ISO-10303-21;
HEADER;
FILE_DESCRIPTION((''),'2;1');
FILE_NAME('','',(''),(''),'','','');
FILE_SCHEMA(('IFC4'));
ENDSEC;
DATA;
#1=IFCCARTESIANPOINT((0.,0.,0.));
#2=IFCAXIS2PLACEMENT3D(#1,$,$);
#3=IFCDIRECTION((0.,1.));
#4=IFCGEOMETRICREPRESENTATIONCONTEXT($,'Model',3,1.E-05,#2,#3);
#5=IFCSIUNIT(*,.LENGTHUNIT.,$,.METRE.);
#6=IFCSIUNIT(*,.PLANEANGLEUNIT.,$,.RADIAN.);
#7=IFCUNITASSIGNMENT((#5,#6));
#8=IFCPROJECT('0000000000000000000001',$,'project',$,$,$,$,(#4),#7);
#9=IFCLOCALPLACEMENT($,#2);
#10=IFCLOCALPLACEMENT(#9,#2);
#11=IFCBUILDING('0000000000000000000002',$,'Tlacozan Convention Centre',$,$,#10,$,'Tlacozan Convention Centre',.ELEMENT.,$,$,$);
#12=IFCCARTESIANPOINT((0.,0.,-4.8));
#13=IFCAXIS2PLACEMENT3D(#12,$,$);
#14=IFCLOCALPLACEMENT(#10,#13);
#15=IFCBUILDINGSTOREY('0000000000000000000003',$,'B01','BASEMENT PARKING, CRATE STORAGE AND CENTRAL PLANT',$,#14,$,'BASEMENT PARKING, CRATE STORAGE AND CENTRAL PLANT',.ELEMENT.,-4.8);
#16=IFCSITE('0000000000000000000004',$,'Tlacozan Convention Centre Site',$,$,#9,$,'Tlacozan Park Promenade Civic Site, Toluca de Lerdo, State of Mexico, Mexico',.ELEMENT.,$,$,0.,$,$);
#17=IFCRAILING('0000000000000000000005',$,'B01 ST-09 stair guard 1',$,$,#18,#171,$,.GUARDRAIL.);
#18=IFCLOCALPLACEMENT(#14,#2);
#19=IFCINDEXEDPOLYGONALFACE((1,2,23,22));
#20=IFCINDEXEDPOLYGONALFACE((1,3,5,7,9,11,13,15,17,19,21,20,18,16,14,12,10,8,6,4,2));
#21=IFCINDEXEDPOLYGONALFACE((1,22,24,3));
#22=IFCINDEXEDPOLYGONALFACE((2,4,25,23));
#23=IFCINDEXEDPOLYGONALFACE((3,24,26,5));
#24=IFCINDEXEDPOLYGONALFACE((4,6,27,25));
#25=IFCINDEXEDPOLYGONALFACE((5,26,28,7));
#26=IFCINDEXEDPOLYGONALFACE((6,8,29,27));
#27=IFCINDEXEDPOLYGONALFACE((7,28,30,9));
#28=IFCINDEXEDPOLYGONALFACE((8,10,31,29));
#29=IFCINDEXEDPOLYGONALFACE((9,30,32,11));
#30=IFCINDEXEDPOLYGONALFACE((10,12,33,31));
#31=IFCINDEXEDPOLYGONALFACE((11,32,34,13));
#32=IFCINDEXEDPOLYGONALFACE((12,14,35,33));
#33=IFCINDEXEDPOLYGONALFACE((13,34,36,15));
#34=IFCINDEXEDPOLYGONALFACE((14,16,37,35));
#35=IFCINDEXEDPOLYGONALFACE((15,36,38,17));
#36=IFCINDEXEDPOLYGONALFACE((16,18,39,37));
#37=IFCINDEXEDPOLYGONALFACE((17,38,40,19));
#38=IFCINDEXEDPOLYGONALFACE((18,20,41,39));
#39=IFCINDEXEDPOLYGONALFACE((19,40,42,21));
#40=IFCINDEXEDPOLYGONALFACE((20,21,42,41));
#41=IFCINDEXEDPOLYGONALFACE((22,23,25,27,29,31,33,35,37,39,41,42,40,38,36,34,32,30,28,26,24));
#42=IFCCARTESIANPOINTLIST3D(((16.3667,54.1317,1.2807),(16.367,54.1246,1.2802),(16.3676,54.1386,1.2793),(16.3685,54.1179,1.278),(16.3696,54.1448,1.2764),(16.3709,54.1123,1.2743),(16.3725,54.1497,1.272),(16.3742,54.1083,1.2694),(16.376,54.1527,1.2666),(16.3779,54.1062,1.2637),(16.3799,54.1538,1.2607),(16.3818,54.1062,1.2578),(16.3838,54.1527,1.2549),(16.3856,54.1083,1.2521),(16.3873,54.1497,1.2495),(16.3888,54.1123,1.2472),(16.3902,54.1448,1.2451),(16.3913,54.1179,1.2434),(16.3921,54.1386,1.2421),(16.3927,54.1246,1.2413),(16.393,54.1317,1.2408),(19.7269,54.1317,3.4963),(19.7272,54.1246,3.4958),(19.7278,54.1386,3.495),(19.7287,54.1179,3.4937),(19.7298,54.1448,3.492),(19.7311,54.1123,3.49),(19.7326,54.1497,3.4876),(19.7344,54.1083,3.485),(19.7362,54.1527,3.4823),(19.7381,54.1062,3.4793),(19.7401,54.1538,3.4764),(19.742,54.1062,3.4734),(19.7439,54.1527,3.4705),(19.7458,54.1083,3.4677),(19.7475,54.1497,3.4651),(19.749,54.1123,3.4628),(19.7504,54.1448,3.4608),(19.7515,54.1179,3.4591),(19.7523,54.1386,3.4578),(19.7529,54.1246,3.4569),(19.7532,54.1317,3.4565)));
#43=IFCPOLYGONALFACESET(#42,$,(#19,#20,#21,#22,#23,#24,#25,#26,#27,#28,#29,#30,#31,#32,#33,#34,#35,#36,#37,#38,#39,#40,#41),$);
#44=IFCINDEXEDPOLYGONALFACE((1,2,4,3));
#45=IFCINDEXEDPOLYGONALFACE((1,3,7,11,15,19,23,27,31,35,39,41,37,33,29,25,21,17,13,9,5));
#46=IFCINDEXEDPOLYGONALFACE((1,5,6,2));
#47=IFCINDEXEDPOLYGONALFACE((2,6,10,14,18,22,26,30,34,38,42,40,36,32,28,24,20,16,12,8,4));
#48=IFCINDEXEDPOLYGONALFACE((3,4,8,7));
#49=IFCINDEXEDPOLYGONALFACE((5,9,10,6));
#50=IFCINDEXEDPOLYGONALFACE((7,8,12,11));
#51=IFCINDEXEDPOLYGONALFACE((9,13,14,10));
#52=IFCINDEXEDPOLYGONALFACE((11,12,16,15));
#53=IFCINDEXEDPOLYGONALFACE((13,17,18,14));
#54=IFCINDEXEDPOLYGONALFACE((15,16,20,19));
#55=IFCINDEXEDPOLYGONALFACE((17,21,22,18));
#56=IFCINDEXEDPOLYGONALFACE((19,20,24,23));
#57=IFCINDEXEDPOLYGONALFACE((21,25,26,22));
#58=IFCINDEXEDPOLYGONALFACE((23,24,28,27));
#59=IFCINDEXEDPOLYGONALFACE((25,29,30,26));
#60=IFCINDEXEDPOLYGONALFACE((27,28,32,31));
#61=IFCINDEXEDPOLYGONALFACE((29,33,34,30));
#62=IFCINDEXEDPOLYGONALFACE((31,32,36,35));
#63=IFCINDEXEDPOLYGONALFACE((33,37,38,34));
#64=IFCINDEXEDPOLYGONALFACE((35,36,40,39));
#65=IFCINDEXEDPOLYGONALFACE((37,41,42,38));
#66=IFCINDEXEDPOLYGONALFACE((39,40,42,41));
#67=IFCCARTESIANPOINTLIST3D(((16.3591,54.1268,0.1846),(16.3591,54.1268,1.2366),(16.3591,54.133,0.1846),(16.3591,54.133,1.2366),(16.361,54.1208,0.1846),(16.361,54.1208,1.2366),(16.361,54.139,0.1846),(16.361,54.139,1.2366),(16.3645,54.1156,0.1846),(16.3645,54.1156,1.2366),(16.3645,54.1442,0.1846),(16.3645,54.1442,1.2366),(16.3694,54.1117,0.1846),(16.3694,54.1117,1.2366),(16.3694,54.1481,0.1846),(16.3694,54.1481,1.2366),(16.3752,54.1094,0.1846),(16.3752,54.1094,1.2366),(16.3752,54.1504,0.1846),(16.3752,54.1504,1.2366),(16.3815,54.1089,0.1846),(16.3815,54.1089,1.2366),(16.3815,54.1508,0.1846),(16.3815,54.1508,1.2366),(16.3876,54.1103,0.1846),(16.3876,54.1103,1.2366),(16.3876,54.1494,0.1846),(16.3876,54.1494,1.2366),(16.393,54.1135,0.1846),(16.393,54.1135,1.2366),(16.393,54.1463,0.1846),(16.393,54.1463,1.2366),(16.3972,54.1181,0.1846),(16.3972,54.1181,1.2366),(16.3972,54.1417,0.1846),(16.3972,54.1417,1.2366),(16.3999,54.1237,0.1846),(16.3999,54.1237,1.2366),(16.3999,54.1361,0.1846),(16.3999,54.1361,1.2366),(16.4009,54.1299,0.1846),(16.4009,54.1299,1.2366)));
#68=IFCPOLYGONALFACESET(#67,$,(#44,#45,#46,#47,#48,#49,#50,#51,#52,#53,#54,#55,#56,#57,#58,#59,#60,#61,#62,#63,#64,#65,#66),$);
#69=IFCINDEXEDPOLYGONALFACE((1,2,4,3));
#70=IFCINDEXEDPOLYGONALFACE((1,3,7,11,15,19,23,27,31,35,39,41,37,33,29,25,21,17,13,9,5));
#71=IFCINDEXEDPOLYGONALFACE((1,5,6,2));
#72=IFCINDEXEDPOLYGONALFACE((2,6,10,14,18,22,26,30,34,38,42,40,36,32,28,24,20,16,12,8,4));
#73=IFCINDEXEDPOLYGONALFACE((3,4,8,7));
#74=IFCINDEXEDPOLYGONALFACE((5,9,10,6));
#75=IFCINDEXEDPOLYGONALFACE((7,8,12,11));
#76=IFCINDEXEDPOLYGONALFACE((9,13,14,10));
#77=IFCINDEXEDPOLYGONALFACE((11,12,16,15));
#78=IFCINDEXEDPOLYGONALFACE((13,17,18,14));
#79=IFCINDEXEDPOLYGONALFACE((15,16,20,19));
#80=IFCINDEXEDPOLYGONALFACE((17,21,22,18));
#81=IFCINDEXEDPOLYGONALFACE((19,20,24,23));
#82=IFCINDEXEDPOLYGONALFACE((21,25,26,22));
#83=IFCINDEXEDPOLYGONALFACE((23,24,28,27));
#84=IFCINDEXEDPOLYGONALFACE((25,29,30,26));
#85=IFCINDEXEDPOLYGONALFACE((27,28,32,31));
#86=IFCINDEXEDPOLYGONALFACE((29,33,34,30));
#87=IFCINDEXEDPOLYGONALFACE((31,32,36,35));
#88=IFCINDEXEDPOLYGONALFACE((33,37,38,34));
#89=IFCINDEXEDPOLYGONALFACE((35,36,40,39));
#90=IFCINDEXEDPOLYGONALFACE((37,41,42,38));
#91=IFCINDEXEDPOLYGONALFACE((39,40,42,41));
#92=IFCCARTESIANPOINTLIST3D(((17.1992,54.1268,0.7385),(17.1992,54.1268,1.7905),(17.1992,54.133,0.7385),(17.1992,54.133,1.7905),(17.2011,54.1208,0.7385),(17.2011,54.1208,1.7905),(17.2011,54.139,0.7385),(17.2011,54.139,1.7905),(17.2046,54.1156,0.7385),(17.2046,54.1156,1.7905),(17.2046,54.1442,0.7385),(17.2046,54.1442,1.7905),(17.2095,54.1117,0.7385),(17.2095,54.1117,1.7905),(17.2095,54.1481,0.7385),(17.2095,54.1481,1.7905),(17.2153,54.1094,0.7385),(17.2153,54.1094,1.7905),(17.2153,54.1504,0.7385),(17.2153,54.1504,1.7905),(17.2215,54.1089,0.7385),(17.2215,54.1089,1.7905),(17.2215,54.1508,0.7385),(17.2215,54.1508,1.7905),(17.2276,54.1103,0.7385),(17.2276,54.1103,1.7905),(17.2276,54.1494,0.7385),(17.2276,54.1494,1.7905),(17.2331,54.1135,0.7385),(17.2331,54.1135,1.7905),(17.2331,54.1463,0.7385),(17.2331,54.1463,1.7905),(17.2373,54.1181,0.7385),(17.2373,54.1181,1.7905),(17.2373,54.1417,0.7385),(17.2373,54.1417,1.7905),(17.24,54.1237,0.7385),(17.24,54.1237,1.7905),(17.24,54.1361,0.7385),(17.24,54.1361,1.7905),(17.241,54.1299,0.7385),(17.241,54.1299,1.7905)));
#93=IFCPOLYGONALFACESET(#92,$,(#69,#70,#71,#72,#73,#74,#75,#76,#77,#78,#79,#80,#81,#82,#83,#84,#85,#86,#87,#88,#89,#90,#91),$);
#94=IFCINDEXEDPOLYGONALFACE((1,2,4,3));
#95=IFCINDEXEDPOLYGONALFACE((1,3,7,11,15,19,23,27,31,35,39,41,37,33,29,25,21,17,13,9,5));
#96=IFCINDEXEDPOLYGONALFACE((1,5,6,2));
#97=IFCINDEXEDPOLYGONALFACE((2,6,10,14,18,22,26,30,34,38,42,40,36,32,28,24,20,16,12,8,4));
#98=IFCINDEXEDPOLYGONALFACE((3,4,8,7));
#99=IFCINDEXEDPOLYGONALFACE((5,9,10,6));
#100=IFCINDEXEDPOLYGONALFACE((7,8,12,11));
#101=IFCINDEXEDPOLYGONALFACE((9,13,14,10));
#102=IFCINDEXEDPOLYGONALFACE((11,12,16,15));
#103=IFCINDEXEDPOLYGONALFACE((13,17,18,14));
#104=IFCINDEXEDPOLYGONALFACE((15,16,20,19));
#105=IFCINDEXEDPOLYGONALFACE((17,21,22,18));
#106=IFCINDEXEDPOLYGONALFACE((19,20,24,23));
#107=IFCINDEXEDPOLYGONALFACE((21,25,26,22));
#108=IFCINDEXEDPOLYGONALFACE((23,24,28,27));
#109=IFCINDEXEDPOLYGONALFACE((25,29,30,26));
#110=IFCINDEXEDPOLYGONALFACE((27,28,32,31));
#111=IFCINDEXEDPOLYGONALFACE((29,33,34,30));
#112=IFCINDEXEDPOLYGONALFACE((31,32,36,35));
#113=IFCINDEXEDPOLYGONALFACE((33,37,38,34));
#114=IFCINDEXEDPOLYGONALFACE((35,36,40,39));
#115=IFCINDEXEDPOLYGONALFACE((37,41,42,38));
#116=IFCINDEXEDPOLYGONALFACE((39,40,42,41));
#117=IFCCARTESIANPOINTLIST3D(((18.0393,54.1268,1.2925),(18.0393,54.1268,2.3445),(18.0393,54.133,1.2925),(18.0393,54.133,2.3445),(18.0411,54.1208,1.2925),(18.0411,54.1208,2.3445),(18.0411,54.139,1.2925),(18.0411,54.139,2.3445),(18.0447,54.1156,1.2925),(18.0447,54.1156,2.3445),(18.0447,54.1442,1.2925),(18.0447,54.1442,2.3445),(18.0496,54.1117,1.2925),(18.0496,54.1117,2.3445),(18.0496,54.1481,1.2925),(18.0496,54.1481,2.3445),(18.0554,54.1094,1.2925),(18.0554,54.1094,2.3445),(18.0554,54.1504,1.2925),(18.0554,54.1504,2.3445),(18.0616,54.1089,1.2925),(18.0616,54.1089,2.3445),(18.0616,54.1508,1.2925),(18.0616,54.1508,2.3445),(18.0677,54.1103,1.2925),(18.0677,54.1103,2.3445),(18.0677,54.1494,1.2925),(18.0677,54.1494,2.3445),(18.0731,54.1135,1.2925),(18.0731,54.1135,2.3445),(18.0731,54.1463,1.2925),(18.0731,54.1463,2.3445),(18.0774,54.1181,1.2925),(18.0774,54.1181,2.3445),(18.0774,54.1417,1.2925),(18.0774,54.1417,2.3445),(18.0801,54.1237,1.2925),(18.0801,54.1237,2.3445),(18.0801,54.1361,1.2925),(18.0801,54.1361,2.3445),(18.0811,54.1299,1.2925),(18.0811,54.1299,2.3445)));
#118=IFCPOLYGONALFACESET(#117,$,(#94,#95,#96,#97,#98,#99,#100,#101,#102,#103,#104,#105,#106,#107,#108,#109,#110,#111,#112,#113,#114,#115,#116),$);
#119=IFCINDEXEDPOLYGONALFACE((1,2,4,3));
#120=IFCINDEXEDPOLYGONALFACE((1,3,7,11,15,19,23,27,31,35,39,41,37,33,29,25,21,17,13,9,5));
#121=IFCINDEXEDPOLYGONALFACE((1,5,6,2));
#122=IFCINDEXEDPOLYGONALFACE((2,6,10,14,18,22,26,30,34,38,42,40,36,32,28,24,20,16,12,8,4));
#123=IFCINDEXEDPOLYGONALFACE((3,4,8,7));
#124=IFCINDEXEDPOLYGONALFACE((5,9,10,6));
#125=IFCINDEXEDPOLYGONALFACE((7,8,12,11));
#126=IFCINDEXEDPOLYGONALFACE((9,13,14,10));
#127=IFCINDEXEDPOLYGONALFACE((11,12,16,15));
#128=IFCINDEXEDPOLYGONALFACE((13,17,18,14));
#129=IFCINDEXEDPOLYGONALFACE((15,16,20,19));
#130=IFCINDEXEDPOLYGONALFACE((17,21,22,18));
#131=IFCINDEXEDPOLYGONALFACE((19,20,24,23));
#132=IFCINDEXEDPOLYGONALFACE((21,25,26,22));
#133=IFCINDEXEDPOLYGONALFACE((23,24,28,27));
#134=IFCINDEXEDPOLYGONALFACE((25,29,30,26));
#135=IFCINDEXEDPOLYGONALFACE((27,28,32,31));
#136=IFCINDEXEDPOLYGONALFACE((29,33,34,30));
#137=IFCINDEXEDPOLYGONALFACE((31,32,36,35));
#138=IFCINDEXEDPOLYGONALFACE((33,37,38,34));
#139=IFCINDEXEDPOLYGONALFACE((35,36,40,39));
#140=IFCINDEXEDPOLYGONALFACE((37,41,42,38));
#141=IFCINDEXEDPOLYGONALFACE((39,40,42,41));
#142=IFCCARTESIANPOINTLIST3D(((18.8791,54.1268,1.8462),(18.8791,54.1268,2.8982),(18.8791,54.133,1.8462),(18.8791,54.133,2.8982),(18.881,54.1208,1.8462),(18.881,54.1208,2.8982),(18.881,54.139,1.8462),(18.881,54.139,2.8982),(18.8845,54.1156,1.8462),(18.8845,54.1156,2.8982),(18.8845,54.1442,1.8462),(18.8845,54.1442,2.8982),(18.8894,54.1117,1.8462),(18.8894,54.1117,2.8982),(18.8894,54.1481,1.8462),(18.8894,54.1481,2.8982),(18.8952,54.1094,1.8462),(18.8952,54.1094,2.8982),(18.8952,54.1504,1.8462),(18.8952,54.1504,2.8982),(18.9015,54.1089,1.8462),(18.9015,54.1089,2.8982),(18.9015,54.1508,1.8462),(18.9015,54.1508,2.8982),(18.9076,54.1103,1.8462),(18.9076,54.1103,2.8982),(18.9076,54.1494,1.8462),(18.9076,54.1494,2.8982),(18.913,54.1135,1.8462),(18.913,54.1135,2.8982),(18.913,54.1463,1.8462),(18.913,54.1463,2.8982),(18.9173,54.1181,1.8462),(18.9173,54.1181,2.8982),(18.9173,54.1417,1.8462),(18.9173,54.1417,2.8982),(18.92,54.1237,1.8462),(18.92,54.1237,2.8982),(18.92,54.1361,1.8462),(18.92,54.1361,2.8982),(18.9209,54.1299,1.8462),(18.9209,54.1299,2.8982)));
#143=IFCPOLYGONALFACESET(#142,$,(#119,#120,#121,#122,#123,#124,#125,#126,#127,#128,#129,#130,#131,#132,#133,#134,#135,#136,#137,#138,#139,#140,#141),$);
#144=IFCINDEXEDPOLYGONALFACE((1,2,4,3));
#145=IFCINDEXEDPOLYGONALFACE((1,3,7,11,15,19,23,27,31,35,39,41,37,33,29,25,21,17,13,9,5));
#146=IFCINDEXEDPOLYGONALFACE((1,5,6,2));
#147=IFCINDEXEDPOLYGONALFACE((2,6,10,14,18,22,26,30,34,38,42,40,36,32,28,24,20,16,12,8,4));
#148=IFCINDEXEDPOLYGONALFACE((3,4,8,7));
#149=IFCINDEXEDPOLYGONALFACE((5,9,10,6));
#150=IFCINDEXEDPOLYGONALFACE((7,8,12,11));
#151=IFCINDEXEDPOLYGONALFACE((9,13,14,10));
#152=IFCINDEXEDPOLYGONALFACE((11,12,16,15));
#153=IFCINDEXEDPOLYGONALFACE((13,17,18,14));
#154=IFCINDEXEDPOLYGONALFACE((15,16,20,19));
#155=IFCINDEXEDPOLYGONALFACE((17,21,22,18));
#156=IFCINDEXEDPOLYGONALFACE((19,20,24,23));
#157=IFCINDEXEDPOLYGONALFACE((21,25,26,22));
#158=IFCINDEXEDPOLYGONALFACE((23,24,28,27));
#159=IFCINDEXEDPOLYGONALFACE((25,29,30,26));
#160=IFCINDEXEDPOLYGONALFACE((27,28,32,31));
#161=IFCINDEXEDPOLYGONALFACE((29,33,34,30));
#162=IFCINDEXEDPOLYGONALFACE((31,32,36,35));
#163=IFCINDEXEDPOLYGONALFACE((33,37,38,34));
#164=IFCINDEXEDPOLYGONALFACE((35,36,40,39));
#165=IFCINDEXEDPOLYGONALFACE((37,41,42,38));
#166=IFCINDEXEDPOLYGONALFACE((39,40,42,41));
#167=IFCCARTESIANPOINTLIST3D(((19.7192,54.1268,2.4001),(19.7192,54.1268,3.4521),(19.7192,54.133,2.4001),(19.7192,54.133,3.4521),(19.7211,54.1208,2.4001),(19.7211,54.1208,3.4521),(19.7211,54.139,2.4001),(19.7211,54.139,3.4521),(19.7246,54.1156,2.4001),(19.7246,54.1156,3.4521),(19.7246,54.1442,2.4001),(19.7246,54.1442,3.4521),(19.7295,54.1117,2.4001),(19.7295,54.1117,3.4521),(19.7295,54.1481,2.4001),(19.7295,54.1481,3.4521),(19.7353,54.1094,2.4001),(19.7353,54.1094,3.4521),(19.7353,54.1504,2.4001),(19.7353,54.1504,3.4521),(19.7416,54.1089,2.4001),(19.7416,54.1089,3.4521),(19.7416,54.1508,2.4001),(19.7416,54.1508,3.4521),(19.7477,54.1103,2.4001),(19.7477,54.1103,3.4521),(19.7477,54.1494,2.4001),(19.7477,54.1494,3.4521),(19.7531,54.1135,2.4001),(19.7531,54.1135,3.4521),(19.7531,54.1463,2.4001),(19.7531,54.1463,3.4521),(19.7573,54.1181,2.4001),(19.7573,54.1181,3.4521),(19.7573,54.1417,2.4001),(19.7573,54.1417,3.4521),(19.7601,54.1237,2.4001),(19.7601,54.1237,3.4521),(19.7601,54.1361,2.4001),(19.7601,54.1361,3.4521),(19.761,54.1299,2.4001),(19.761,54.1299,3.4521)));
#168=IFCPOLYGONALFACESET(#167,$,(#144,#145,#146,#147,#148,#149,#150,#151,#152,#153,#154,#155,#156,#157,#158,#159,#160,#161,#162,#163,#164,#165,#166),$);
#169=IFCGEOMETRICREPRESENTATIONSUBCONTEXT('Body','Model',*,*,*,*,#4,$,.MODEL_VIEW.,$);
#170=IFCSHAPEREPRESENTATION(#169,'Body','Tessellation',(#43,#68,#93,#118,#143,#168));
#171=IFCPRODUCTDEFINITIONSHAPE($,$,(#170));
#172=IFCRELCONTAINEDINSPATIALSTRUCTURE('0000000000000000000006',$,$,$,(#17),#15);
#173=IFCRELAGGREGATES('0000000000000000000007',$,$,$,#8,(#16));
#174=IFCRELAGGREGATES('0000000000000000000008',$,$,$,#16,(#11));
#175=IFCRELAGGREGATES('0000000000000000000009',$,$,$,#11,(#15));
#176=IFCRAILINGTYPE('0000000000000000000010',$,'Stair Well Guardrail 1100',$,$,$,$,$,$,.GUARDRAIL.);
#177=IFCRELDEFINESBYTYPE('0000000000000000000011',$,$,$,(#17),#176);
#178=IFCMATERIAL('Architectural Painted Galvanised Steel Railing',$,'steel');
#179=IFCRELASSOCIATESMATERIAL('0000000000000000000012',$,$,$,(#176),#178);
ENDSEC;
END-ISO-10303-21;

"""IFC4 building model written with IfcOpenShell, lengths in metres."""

from ifc_helpers import new_model, si_unit, direction, frame, origin, origin_2d, place, context, subcontext, project, spatial, circle, extrude, material, type_object, element, save


model = new_model("IFC4")

# Units and contexts
model_context = context("Model", 3, precision=1e-05, world=origin(), true_north=direction((0.0, 1.0)))
body_context = subcontext(model_context, "Body", "Model", "MODEL_VIEW")
ifc_project = project(units=[si_unit("LENGTHUNIT", "METRE"), si_unit("PLANEANGLEUNIT", "RADIAN")], contexts=[model_context])

# Site, building, storey
site_placement = place(None, origin())
site = spatial("IfcSite", under=ifc_project, at=site_placement, Name="Tlacozan Convention Centre Site", LongName="Tlacozan Park Promenade Civic Site, Toluca de Lerdo, State of Mexico, Mexico", CompositionType="ELEMENT", RefElevation=0.0)
building_placement = place(site_placement, origin())
building = spatial("IfcBuilding", under=site, at=building_placement, Name="Tlacozan Convention Centre", LongName="Tlacozan Convention Centre", CompositionType="ELEMENT")
storey_placement = place(building_placement, frame((0.0, 0.0, -4.8)))
storey = spatial("IfcBuildingStorey", under=building, at=storey_placement, Name="B01", Description="BASEMENT PARKING, CRATE STORAGE AND CENTRAL PLANT", LongName="BASEMENT PARKING, CRATE STORAGE AND CENTRAL PLANT", CompositionType="ELEMENT", Elevation=-4.8)

# Railing
ifc_material_1 = material(Name="Architectural Painted Galvanised Steel Railing", Category="steel")
railing_type_1 = type_object("IfcRailingType", Name="Stair Well Guardrail 1100", PredefinedType="GUARDRAIL", material=ifc_material_1)
railing_1_placement = place(storey_placement, frame((16.3799, 54.1299, 0.1846)))
element("IfcRailing", 1, at=railing_1_placement, inside=storey, type_object=railing_type_1, Name="B01 ST-09 stair guard 1", PredefinedType="GUARDRAIL", context=body_context, shape_type="SweptSolid", body=[
    extrude(circle(Radius=0.0239, at=origin_2d()), frame((0.0, 0.0, 1.0762), z_axis=(0.834849, 0.0, 0.55048), x_axis=(0.0, 1.0, 0.0)), (0.0, 0.0, 1.0), 4.0249),
    extrude(circle(Radius=0.021, at=origin_2d()), origin(), (0.0, 0.0, 1.0), 1.052),
    extrude(circle(Radius=0.021, at=origin_2d()), frame((0.8401, 0.0, 0.554)), (0.0, 0.0, 1.0), 1.052),
    extrude(circle(Radius=0.021, at=origin_2d()), frame((1.6802, 0.0, 1.1079)), (0.0, 0.0, 1.0), 1.052),
    extrude(circle(Radius=0.021, at=origin_2d()), frame((2.52, 0.0, 1.6616)), (0.0, 0.0, 1.0), 1.052),
    extrude(circle(Radius=0.021, at=origin_2d()), frame((3.3601, 0.0, 2.2156)), (0.0, 0.0, 1.0), 1.052),
])

save(model, "model.ifc")
